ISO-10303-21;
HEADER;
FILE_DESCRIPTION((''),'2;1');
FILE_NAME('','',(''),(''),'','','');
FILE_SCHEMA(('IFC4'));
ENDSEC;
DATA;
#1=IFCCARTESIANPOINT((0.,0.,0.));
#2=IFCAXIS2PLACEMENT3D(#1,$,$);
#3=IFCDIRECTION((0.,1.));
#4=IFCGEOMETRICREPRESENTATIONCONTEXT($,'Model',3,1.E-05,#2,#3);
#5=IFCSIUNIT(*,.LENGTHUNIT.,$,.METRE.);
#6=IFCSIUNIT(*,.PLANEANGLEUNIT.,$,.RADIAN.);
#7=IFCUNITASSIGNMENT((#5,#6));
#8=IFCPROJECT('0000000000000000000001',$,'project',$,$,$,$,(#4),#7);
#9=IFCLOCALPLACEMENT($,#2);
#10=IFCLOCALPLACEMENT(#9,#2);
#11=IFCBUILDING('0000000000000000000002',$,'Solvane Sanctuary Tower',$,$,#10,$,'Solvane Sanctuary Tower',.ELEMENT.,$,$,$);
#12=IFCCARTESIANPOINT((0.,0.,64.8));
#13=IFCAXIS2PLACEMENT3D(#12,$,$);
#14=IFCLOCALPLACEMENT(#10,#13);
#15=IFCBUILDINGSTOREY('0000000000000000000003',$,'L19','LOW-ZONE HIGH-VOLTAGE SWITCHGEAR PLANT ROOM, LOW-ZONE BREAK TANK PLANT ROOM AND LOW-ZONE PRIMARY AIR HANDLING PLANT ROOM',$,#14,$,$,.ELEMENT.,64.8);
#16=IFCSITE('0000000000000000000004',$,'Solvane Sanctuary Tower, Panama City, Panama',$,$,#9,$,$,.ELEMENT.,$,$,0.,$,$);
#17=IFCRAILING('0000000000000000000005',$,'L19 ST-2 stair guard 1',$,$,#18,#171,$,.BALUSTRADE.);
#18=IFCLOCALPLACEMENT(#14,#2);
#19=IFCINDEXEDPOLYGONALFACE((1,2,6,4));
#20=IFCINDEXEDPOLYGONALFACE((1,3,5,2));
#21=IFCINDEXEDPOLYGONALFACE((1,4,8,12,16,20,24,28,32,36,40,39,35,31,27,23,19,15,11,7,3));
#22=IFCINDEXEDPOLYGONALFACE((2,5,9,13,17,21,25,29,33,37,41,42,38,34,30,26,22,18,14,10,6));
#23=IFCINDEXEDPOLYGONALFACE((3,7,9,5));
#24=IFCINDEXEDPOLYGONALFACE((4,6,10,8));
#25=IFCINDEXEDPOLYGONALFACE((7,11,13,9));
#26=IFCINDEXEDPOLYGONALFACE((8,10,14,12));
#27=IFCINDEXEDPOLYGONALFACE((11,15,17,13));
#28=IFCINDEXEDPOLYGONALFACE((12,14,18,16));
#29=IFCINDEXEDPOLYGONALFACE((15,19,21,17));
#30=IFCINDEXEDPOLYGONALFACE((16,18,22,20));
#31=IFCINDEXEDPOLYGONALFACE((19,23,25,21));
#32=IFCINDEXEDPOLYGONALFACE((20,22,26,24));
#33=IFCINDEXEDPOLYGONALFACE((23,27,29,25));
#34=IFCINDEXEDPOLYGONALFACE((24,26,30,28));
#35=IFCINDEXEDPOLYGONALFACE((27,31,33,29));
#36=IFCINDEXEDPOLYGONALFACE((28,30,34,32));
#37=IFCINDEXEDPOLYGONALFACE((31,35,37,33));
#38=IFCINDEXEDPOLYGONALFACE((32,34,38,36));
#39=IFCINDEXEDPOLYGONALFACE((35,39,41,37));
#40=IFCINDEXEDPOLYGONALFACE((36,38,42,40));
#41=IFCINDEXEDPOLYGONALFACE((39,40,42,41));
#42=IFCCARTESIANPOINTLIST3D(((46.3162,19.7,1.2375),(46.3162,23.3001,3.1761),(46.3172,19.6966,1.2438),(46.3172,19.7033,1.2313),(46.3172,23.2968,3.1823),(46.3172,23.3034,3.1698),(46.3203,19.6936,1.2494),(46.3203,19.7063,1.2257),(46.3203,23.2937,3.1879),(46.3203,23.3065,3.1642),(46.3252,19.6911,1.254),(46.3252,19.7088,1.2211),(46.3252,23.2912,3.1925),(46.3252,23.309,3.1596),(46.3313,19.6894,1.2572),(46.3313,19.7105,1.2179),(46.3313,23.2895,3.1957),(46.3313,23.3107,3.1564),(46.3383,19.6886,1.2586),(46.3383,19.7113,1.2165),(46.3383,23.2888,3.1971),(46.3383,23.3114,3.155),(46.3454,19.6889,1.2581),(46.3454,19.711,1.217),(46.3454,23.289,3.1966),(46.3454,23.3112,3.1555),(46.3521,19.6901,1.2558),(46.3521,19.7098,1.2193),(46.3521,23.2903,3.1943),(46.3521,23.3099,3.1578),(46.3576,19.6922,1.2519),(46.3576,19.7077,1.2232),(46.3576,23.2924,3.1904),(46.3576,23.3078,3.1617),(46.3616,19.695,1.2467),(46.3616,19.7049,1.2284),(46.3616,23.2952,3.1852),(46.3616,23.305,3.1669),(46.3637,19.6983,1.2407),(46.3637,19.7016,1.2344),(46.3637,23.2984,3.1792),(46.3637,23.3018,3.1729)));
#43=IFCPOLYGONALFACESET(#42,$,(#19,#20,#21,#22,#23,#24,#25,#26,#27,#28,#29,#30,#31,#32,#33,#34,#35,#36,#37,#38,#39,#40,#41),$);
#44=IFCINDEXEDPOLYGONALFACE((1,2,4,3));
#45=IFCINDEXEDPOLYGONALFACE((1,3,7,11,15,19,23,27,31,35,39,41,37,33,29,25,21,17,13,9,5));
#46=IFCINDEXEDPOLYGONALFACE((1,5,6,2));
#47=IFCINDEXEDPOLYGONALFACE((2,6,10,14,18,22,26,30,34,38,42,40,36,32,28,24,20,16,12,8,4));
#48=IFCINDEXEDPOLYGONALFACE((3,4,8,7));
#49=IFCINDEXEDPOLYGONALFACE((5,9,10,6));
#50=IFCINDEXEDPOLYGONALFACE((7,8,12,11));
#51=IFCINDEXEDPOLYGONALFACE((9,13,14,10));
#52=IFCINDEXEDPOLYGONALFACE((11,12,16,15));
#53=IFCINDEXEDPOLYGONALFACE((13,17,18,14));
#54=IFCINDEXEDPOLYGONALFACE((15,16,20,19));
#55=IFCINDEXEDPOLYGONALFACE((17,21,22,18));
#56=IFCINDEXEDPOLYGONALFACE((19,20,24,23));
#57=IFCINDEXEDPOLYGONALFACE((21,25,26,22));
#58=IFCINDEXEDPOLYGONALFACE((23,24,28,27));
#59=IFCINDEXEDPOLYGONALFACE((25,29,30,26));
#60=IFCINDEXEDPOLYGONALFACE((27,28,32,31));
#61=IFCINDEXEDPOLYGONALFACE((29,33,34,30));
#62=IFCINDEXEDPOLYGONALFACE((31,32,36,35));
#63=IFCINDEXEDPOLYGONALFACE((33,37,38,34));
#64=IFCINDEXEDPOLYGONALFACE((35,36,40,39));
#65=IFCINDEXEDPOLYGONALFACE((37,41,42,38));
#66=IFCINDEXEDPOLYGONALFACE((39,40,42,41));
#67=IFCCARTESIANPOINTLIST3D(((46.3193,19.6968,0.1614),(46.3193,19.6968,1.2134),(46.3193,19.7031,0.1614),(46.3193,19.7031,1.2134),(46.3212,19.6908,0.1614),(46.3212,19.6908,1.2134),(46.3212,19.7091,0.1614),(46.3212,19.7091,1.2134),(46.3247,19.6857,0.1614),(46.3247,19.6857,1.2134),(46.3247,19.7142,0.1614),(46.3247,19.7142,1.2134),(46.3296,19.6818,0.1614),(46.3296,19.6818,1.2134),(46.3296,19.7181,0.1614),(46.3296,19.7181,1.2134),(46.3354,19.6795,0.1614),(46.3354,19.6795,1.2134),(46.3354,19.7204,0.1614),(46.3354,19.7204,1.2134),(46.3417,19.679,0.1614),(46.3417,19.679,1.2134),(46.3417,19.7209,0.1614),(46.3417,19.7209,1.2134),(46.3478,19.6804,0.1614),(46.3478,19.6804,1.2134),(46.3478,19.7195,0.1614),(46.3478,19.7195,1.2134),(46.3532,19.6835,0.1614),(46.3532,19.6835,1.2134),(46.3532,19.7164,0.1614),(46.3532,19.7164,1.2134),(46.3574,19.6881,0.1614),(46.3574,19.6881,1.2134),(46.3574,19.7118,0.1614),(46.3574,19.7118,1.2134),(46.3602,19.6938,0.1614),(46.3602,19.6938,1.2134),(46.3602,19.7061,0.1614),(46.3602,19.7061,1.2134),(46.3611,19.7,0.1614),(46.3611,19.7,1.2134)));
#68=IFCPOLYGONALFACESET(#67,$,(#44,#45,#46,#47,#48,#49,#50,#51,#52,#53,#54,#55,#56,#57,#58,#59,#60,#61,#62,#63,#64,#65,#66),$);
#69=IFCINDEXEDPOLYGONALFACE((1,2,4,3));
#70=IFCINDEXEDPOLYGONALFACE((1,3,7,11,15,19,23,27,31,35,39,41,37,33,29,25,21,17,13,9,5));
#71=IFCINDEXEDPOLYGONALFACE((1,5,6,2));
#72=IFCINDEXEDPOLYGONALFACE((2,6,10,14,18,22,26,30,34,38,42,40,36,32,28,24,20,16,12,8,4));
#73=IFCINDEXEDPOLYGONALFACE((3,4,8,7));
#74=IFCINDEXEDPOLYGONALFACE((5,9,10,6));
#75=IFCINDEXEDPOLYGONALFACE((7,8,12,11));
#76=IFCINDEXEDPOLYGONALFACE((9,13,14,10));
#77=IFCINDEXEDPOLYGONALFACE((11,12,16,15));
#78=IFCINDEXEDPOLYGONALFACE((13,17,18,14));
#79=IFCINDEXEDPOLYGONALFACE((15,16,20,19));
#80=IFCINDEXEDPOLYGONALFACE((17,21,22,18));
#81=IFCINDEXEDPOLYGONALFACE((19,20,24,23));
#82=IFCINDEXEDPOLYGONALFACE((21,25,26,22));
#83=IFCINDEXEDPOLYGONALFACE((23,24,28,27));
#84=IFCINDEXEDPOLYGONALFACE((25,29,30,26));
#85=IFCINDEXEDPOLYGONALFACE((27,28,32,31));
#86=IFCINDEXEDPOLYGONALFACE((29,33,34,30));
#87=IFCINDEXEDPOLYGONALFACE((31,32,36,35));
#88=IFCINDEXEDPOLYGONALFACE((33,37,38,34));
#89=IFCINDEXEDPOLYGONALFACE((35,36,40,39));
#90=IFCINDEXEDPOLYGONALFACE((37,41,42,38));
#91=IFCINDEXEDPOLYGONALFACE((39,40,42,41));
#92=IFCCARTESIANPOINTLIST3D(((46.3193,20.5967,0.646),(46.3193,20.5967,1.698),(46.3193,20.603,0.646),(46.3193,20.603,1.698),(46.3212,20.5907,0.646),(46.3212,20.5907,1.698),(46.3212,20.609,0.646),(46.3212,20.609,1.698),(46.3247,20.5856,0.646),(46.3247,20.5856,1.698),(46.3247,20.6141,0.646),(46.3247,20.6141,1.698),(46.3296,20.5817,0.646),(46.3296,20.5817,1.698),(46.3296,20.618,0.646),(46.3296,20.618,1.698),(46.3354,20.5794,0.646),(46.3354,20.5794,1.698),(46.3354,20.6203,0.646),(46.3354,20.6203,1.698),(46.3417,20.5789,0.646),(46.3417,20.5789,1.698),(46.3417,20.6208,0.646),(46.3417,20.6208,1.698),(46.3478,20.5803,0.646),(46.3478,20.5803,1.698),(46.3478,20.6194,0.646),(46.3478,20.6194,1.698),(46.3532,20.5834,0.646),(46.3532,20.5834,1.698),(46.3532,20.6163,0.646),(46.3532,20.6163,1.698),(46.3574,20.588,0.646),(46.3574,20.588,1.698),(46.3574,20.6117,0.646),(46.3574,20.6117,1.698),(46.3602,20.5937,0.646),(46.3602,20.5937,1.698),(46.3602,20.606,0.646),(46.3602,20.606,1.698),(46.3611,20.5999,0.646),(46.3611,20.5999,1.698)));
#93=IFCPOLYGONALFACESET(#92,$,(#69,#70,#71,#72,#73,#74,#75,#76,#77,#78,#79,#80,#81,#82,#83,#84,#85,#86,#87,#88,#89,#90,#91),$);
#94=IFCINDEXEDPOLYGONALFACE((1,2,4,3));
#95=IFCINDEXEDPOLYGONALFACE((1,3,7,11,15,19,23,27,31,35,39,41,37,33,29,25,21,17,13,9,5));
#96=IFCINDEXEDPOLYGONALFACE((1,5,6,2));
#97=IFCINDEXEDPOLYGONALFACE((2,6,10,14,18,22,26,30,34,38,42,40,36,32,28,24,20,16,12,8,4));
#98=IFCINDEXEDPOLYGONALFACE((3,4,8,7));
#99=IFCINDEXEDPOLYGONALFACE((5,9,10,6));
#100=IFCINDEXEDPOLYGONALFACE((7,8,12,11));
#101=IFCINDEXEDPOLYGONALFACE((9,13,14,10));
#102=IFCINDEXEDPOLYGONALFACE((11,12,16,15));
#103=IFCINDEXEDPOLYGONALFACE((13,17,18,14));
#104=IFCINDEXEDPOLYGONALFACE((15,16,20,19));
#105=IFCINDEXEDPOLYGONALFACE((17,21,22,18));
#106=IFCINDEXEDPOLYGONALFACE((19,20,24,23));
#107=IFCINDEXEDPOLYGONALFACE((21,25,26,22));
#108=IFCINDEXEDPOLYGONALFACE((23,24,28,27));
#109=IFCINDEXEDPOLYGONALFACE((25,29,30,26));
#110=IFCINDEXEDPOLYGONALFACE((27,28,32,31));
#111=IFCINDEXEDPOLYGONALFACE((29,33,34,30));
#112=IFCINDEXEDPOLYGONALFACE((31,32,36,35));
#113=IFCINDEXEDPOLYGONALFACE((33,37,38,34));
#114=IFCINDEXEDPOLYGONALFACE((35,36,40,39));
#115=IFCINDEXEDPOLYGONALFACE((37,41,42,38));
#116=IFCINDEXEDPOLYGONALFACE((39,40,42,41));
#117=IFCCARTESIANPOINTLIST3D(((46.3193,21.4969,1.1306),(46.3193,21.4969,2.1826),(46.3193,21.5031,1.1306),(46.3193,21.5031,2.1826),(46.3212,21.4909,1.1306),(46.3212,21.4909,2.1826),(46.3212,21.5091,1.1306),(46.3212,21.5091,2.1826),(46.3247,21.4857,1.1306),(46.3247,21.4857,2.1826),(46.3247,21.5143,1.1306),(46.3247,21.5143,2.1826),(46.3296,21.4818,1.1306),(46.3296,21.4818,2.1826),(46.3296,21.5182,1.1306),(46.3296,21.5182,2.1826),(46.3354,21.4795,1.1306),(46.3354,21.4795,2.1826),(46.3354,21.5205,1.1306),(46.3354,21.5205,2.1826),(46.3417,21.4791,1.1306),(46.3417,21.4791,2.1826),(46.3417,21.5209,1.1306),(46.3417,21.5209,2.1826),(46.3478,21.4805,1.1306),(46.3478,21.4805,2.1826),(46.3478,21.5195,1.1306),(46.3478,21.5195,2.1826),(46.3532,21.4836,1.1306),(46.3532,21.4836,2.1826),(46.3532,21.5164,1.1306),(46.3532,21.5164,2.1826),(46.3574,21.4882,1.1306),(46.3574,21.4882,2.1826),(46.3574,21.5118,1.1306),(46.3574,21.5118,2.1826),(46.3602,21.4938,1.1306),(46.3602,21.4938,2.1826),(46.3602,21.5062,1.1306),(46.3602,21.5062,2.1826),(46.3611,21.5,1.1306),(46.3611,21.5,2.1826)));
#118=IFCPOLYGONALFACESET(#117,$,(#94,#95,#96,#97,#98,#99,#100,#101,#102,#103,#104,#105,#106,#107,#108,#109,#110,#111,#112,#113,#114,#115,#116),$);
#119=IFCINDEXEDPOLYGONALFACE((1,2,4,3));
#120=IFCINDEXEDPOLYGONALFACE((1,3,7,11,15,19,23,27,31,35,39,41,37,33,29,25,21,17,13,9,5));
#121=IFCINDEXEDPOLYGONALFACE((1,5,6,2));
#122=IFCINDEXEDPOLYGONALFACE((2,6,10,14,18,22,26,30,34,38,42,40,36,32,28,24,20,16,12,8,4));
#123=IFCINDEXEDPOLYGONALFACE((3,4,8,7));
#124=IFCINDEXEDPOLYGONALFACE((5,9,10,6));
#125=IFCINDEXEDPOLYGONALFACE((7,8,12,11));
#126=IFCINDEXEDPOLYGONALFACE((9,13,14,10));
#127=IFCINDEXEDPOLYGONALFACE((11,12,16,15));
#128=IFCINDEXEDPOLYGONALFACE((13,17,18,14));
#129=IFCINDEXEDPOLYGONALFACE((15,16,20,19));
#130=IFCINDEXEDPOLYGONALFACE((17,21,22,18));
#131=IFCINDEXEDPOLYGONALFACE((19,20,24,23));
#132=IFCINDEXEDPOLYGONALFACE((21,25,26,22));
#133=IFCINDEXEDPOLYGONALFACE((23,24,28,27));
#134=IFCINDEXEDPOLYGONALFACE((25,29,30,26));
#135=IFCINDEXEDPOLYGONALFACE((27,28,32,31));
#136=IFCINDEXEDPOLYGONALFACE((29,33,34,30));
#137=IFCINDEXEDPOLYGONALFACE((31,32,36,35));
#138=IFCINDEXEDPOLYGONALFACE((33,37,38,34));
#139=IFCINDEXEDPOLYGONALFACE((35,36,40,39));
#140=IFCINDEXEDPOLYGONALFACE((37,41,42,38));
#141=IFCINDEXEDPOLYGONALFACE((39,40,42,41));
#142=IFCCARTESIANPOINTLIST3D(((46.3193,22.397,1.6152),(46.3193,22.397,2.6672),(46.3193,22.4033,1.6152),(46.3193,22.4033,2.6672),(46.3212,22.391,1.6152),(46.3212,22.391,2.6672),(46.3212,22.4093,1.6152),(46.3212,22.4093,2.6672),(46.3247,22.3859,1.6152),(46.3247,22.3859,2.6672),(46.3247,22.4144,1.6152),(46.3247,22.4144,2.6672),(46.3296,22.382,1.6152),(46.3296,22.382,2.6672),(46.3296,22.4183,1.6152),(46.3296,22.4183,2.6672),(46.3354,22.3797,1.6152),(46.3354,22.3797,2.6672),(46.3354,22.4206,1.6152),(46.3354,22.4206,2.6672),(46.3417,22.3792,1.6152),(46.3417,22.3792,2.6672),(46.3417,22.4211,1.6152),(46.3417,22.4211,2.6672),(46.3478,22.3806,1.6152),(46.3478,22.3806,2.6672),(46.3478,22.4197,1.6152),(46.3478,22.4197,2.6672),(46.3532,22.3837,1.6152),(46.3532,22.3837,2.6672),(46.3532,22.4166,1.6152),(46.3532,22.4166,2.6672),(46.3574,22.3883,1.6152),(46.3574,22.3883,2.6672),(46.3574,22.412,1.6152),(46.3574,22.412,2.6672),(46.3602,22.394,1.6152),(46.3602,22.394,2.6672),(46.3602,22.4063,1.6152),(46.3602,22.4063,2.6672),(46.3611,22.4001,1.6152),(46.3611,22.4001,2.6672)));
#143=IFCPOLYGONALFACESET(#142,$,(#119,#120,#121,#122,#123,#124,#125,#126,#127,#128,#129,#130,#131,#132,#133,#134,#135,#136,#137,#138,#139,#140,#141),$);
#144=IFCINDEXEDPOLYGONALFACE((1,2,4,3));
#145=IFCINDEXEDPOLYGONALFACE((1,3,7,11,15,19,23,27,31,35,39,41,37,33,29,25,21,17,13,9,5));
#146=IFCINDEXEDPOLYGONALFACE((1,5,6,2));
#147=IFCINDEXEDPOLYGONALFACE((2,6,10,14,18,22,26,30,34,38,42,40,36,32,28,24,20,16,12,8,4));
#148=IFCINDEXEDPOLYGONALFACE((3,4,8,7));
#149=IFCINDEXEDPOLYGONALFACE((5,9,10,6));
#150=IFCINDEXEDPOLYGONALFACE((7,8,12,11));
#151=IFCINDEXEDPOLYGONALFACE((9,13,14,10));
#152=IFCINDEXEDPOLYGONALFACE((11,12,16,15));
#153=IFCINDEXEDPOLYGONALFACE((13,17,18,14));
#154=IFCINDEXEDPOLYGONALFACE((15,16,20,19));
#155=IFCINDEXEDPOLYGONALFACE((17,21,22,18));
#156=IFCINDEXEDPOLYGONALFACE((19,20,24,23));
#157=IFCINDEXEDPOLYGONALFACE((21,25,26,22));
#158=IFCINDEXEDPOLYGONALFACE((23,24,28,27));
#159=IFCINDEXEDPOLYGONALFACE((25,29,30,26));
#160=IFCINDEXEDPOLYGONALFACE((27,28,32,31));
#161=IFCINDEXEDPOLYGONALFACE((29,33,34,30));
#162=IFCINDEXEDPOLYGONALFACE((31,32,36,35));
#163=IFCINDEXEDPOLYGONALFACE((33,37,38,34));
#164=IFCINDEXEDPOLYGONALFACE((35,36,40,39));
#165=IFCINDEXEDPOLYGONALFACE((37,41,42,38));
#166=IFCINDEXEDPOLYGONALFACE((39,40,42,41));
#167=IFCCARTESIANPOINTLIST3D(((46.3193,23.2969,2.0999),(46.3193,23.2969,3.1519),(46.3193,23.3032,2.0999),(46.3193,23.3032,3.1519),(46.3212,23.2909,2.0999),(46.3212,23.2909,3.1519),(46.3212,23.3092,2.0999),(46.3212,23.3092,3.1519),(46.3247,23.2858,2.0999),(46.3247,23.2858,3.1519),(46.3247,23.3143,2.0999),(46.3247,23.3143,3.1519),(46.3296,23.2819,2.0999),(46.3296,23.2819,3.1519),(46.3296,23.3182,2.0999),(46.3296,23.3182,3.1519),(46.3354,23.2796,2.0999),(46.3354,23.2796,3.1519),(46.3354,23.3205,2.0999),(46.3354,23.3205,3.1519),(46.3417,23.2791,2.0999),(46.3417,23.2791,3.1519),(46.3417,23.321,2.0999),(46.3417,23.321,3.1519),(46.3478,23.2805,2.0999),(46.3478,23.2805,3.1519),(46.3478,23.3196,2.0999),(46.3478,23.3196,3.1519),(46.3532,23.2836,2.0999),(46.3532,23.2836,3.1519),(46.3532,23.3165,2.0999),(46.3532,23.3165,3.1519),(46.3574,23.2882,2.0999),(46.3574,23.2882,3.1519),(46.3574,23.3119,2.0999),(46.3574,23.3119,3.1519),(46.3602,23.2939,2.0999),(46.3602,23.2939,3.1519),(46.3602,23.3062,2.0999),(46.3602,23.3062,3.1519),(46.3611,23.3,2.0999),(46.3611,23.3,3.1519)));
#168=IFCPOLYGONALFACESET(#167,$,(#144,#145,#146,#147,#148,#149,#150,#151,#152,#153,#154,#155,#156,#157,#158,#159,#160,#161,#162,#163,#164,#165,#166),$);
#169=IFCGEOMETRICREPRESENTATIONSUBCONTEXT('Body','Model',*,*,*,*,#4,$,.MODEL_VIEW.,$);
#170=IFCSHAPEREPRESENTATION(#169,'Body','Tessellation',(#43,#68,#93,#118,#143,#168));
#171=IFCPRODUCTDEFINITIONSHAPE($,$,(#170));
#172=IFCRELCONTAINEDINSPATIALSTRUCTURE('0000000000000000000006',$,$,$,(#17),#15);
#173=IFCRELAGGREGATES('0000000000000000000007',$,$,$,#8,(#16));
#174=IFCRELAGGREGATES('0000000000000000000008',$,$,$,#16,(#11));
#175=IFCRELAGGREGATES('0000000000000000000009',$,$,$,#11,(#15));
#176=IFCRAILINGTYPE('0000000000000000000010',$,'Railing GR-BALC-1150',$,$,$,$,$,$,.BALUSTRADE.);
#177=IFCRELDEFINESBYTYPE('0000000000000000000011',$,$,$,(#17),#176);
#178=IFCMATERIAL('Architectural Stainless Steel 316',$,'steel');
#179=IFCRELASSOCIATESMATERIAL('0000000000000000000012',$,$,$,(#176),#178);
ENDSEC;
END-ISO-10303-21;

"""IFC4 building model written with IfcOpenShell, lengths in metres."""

from ifc_helpers import new_model, si_unit, direction, frame, origin, origin_2d, place, context, subcontext, project, spatial, circle, extrude, material, type_object, element, save


model = new_model("IFC4")

# Units and contexts
model_context = context("Model", 3, precision=1e-05, world=origin(), true_north=direction((0.0, 1.0)))
body_context = subcontext(model_context, "Body", "Model", "MODEL_VIEW")
ifc_project = project(units=[si_unit("LENGTHUNIT", "METRE"), si_unit("PLANEANGLEUNIT", "RADIAN")], contexts=[model_context])

# Site, building, storey
site_placement = place(None, origin())
site = spatial("IfcSite", under=ifc_project, at=site_placement, Name="Solvane Sanctuary Tower, Panama City, Panama", CompositionType="ELEMENT", RefElevation=0.0)
building_placement = place(site_placement, origin())
building = spatial("IfcBuilding", under=site, at=building_placement, Name="Solvane Sanctuary Tower", LongName="Solvane Sanctuary Tower", CompositionType="ELEMENT")
storey_placement = place(building_placement, frame((0.0, 0.0, 64.8)))
storey = spatial("IfcBuildingStorey", under=building, at=storey_placement, Name="L19", Description="LOW-ZONE HIGH-VOLTAGE SWITCHGEAR PLANT ROOM, LOW-ZONE BREAK TANK PLANT ROOM AND LOW-ZONE PRIMARY AIR HANDLING PLANT ROOM", CompositionType="ELEMENT", Elevation=64.8)

# Railing
ifc_material_1 = material(Name="Architectural Stainless Steel 316", Category="steel")
railing_type_1 = type_object("IfcRailingType", Name="Railing GR-BALC-1150", PredefinedType="BALUSTRADE", material=ifc_material_1)
railing_1_placement = place(storey_placement, frame((46.3401, 19.7, 0.1614)))
element("IfcRailing", 1, at=railing_1_placement, inside=storey, type_object=railing_type_1, Name="L19 ST-2 stair guard 1", PredefinedType="BALUSTRADE", context=body_context, shape_type="SweptSolid", body=[
    extrude(circle(Radius=0.0239, at=origin_2d()), frame((0.0, 0.0, 1.0762), z_axis=(0.0, 0.880475, 0.474093), x_axis=(-1.0, 0.0, 0.0)), (0.0, 0.0, 1.0), 4.0889),
    extrude(circle(Radius=0.021, at=origin_2d()), origin(), (0.0, 0.0, 1.0), 1.052),
    extrude(circle(Radius=0.021, at=origin_2d()), frame((0.0, 0.8999, 0.4846)), (0.0, 0.0, 1.0), 1.052),
    extrude(circle(Radius=0.021, at=origin_2d()), frame((0.0, 1.8, 0.9692)), (0.0, 0.0, 1.0), 1.052),
    extrude(circle(Radius=0.021, at=origin_2d()), frame((0.0, 2.7002, 1.4539)), (0.0, 0.0, 1.0), 1.052),
    extrude(circle(Radius=0.021, at=origin_2d()), frame((0.0, 3.6001, 1.9385)), (0.0, 0.0, 1.0), 1.052),
])

save(model, "model.ifc")
